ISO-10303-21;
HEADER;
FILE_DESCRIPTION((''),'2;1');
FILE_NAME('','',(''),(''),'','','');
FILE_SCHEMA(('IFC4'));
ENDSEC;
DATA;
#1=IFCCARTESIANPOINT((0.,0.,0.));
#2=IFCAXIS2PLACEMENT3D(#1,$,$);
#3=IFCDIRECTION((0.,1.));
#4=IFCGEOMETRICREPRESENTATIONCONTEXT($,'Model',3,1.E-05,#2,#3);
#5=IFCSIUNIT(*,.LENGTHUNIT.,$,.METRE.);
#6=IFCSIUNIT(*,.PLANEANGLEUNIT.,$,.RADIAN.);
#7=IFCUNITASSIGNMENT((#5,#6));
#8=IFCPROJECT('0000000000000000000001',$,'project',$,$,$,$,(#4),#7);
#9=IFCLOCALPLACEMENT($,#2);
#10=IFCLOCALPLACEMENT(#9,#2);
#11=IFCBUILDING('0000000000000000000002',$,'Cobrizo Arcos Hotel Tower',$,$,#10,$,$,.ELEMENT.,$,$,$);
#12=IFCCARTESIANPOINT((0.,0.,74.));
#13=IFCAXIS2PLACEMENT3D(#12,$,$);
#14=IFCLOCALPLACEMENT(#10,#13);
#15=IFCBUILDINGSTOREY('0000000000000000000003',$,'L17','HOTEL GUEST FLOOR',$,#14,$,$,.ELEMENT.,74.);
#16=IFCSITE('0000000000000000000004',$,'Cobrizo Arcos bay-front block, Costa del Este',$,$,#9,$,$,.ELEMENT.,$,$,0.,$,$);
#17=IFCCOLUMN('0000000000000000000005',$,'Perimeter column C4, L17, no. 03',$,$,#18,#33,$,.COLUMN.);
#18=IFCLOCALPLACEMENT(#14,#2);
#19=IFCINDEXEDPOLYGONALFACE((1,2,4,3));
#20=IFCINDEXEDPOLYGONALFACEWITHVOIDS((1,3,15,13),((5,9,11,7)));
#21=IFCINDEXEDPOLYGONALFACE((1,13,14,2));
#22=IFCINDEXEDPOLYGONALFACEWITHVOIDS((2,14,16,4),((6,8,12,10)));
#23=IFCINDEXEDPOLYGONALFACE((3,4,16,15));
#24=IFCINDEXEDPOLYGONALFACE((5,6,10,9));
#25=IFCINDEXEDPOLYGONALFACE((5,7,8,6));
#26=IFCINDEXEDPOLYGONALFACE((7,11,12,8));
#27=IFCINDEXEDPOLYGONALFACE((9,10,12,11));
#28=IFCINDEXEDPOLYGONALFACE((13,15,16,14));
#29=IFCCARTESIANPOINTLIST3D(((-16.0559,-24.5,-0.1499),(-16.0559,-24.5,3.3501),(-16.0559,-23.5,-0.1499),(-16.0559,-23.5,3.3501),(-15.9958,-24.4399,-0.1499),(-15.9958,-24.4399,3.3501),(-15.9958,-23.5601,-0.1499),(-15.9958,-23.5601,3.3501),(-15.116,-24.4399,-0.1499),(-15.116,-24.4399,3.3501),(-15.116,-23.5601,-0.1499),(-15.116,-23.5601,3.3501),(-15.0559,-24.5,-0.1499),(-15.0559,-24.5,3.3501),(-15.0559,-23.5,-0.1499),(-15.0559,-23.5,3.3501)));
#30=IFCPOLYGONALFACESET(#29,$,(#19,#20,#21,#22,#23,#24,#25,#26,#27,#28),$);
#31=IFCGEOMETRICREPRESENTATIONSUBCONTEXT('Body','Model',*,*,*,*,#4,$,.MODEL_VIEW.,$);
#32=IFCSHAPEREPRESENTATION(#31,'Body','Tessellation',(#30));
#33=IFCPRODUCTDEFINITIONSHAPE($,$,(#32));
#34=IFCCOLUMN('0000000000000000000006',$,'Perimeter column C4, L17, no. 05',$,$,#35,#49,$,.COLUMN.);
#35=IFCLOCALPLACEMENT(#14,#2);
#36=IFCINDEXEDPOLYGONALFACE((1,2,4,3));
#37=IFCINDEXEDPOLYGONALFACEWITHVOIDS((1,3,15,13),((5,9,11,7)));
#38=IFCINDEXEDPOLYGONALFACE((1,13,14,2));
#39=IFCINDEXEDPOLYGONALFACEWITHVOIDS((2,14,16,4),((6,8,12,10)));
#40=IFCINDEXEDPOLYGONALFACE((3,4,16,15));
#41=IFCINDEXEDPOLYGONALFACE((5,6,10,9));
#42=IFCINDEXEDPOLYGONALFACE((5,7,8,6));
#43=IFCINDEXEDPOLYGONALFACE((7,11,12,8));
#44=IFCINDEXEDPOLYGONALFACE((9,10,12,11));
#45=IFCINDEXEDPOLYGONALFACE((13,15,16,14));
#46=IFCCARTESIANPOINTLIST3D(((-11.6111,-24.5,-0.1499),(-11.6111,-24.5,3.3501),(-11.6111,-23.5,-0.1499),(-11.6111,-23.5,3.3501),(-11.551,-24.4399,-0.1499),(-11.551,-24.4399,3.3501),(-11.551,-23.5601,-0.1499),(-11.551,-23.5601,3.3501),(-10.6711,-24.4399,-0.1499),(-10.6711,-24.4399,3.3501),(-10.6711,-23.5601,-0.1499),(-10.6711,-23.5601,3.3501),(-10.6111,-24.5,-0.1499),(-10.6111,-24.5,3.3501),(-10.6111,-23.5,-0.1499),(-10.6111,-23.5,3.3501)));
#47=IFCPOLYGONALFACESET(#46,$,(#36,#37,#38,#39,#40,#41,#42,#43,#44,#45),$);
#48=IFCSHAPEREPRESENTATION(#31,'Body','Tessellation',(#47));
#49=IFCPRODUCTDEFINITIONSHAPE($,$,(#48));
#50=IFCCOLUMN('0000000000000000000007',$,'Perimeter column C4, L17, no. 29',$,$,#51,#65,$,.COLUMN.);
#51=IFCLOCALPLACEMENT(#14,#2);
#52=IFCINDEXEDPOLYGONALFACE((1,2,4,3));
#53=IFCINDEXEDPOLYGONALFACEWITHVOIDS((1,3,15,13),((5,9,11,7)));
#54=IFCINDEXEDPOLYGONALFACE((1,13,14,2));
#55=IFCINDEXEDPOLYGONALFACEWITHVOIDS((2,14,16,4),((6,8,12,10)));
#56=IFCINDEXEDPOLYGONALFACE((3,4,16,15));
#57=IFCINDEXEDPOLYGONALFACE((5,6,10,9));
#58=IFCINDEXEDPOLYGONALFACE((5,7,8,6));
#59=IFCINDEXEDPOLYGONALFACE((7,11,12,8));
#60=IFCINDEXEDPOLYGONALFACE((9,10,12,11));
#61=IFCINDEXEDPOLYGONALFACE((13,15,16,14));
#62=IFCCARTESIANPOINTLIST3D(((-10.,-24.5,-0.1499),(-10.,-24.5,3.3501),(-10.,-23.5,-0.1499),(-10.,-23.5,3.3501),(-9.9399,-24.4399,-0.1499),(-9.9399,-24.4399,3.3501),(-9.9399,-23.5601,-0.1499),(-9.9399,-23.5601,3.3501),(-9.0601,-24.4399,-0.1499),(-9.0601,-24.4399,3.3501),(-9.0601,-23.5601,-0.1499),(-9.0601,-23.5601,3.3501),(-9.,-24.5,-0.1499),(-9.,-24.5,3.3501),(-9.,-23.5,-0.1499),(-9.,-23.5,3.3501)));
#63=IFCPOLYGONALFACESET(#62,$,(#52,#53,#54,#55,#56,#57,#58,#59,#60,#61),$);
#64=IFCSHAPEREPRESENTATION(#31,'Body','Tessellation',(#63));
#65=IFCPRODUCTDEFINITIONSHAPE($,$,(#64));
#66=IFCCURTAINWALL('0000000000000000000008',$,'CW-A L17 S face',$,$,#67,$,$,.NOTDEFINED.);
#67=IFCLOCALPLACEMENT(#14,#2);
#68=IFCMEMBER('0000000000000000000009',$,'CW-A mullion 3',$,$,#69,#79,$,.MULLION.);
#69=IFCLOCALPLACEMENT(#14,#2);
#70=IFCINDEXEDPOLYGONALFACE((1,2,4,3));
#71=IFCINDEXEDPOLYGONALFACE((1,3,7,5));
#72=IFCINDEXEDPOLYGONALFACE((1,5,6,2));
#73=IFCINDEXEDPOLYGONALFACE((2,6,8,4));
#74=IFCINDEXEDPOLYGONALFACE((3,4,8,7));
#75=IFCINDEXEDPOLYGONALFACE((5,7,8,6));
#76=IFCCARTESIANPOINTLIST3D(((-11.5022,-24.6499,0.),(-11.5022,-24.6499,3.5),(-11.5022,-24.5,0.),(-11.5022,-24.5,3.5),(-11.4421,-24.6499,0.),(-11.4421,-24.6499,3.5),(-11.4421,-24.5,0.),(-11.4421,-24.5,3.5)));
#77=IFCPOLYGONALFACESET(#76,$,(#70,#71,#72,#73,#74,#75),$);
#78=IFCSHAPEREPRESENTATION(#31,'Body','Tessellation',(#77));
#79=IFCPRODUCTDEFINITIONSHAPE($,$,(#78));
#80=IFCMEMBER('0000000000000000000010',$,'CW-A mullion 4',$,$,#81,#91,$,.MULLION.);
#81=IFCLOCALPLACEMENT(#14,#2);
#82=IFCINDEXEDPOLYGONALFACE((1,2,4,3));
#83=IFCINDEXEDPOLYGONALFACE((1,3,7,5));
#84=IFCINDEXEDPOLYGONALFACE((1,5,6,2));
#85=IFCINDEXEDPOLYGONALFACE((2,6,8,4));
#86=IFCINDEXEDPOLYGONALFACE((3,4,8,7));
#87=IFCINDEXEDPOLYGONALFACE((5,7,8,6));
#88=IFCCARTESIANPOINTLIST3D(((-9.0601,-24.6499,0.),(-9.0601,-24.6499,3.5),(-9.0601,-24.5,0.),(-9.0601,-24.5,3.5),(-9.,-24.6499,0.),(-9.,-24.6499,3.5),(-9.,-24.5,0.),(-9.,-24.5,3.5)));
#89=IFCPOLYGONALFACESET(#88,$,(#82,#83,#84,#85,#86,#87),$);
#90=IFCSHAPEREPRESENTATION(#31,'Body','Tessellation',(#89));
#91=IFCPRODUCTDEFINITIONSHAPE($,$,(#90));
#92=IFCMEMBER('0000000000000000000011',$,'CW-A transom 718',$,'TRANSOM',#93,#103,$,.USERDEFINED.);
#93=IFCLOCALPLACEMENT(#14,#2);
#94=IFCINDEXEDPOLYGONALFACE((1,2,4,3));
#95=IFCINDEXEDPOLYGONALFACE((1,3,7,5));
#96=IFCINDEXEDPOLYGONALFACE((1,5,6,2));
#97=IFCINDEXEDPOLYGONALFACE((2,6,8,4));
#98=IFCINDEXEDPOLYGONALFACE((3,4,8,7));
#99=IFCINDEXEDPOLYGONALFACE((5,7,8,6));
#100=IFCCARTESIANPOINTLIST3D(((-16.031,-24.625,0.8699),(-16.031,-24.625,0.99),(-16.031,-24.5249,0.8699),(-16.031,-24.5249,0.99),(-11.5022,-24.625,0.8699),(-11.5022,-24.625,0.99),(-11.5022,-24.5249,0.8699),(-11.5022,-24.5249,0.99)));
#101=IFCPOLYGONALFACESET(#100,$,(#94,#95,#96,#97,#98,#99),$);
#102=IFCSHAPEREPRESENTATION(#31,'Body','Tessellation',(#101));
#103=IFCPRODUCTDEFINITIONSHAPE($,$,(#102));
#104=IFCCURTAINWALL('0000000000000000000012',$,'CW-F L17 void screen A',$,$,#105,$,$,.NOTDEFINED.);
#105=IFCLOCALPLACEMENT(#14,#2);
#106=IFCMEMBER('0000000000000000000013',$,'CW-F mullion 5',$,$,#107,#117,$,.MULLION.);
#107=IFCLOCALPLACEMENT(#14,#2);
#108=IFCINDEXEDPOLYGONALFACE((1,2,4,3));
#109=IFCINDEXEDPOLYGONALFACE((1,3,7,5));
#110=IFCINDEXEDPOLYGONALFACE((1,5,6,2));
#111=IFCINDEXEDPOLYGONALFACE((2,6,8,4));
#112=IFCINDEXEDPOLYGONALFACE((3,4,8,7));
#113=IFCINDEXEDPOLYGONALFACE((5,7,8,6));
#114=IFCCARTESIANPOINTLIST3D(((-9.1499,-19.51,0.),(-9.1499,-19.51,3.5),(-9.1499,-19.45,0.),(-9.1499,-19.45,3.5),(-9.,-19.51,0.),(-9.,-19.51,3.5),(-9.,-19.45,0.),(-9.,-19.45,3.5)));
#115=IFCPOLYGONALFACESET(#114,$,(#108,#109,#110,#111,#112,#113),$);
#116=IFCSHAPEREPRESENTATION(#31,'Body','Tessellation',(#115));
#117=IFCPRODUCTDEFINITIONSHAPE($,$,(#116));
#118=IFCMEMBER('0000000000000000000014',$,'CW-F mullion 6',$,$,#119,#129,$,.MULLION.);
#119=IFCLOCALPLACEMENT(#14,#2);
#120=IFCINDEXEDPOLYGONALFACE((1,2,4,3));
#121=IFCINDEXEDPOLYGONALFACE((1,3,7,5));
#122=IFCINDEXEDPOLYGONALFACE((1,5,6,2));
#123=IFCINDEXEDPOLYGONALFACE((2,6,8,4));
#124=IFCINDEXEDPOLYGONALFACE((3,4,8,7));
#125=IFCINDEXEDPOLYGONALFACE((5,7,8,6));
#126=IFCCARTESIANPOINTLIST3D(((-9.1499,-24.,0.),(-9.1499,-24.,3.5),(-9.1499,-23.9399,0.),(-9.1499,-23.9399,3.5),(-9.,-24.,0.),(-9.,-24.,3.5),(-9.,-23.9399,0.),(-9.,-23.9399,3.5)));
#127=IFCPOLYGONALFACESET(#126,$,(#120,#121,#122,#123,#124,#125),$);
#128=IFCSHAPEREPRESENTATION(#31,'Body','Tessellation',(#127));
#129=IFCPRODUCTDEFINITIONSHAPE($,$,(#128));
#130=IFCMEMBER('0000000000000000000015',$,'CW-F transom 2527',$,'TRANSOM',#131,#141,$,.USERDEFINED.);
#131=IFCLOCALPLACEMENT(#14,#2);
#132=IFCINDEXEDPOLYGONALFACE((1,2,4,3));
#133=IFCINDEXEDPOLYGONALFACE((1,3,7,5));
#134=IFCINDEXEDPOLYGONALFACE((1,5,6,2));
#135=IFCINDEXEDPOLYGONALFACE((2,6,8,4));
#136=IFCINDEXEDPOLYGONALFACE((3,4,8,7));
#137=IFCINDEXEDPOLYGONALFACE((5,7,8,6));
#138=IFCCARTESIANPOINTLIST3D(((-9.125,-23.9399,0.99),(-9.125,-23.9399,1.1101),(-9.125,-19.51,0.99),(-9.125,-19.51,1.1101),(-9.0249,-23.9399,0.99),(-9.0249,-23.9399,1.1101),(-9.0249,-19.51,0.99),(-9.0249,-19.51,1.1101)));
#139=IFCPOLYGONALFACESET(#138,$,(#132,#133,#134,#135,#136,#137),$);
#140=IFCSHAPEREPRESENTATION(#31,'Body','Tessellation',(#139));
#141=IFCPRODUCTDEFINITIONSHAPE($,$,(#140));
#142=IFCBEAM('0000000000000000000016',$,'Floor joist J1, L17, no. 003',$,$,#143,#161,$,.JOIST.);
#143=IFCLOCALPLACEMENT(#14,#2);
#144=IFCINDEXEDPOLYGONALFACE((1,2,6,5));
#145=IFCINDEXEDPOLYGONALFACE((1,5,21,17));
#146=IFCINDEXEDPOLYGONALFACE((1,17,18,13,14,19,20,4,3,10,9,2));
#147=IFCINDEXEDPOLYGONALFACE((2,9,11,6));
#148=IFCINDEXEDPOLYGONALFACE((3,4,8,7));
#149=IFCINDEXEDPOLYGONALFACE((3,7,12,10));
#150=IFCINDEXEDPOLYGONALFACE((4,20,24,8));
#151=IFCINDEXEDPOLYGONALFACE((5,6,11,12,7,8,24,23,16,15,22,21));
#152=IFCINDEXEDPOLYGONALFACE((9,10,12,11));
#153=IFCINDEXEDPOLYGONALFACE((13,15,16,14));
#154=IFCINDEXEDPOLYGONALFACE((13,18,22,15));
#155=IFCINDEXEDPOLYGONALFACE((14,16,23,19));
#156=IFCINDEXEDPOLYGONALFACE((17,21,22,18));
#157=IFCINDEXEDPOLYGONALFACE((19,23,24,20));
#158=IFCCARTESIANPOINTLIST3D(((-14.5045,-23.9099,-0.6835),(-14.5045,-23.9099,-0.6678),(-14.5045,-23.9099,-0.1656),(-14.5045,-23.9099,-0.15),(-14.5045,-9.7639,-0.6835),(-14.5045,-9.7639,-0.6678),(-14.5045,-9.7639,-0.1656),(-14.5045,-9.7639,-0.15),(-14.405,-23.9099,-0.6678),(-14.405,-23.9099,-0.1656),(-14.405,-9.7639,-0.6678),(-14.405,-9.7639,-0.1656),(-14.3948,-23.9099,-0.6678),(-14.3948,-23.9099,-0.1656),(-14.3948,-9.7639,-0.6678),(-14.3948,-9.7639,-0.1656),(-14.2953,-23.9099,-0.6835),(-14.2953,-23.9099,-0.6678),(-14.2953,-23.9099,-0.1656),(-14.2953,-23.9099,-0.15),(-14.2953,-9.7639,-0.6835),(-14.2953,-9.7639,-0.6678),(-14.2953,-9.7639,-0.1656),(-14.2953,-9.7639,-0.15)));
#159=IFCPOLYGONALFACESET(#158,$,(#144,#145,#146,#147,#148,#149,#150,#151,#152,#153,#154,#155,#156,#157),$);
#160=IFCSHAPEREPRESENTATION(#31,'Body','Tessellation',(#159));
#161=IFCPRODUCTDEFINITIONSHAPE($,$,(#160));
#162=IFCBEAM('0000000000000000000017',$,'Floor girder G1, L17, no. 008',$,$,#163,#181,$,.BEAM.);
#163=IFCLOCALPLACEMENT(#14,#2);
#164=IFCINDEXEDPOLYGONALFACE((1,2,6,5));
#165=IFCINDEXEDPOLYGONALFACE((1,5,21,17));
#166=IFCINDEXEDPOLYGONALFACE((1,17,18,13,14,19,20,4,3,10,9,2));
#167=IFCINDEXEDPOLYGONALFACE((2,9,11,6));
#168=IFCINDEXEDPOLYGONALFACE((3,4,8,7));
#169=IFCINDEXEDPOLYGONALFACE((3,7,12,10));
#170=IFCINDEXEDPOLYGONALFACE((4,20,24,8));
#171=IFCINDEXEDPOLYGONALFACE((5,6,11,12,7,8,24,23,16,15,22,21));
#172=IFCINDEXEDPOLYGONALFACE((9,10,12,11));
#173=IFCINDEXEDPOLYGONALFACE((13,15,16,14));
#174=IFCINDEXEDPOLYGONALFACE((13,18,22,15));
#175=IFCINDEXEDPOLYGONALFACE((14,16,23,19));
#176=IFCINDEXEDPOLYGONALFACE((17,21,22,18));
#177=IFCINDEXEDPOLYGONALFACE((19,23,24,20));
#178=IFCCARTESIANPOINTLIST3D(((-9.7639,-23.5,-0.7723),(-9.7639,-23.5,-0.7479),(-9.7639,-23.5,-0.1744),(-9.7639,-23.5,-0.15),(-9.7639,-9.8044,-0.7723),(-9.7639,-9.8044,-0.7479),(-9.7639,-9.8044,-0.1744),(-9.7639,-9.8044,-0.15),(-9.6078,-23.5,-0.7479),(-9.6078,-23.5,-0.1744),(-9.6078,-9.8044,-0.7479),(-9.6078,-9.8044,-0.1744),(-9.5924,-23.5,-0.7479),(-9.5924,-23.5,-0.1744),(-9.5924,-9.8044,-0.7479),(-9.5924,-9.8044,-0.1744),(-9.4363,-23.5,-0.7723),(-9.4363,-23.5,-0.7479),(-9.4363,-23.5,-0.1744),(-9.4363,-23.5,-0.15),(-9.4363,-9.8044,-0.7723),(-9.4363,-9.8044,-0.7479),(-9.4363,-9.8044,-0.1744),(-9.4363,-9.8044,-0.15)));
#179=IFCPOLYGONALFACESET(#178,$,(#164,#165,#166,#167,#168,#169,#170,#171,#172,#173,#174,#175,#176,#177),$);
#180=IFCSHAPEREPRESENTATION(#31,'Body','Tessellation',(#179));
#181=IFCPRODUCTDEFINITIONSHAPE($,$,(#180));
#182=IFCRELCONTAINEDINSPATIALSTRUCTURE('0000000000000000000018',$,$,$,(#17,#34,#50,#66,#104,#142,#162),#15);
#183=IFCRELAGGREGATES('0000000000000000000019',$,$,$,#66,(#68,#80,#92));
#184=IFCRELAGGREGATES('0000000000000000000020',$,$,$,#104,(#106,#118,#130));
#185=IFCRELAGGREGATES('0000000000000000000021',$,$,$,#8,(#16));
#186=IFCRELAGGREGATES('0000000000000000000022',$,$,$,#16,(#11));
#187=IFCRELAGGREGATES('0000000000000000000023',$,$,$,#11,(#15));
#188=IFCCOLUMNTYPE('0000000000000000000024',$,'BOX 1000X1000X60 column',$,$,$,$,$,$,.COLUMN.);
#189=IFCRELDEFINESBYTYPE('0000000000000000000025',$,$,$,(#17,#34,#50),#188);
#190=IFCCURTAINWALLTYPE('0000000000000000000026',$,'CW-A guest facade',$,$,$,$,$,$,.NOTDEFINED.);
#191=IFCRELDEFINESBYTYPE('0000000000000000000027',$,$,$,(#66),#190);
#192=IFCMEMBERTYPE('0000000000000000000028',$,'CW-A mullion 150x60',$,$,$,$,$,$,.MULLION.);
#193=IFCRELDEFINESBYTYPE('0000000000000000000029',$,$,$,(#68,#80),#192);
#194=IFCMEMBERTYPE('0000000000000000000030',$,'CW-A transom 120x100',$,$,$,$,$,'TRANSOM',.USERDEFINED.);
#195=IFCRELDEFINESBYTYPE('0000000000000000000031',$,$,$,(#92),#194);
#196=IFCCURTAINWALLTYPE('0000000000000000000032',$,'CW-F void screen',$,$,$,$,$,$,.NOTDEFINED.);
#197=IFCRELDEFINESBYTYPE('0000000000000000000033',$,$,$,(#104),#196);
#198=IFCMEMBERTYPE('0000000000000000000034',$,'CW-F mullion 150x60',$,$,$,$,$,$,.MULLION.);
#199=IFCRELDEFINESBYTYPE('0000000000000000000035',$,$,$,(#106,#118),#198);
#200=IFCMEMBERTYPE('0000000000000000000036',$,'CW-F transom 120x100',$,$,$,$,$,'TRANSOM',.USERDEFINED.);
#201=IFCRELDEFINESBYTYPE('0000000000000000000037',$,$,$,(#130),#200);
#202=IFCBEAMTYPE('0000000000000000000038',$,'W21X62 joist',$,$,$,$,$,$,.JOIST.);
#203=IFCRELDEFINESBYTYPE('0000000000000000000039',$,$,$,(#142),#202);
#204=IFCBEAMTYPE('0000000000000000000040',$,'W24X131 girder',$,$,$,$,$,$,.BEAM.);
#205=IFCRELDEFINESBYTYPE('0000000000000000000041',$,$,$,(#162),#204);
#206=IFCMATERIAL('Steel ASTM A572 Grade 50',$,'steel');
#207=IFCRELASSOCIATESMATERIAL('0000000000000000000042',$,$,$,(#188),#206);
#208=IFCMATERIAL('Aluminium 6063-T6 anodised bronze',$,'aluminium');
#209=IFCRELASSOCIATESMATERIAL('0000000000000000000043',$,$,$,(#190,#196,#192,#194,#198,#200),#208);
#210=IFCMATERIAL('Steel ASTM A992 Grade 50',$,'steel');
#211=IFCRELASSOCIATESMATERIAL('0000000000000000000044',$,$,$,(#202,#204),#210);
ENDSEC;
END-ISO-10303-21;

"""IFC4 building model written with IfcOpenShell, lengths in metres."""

from ifc_helpers import new_model, si_unit, direction, frame, origin, origin_2d, place, context, subcontext, project, spatial, rectangle, hollow_rectangle, i_section, extrude, material, material_profile, profile_set, type_object, element, aggregate, save


model = new_model("IFC4")

# Units and contexts
model_context = context("Model", 3, precision=1e-05, world=origin(), true_north=direction((0.0, 1.0)))
body_context = subcontext(model_context, "Body", "Model", "MODEL_VIEW")
ifc_project = project(units=[si_unit("LENGTHUNIT", "METRE"), si_unit("PLANEANGLEUNIT", "RADIAN")], contexts=[model_context])

# Site, building, storey
site_placement = place(None, origin())
site = spatial("IfcSite", under=ifc_project, at=site_placement, Name="Cobrizo Arcos bay-front block, Costa del Este", CompositionType="ELEMENT", RefElevation=0.0)
building_placement = place(site_placement, origin())
building = spatial("IfcBuilding", under=site, at=building_placement, Name="Cobrizo Arcos Hotel Tower", CompositionType="ELEMENT")
storey_placement = place(building_placement, frame((0.0, 0.0, 74.0)))
storey = spatial("IfcBuildingStorey", under=building, at=storey_placement, Name="L17", Description="HOTEL GUEST FLOOR", CompositionType="ELEMENT", Elevation=74.0)

# Columns
ifc_material_1 = material(Name="Steel ASTM A572 Grade 50", Category="steel")
ifc_material_profile_1 = material_profile(ifc_material_1, hollow_rectangle(XDim=1.0, YDim=1.0, WallThickness=0.0601, at=origin_2d()), Name="BOX 1000X1000X60")
ifc_profile_set_1 = profile_set([ifc_material_profile_1], Name="Steel ASTM A572 Grade 50")
column_type = type_object("IfcColumnType", Name="BOX 1000X1000X60 column", PredefinedType="COLUMN", material=ifc_profile_set_1)
for number, where, z_axis, x_axis, name in (
    (1, (-15.5559, -24.0, -0.1499), (0.0, 0.0, 1.0), (1.0, 0.0, 0.0), "Perimeter column C4, L17, no. 03"),
    (2, (-11.1111, -24.0, -0.1499), (0.0, 0.0, 1.0), (1.0, 0.0, 0.0), "Perimeter column C4, L17, no. 05"),
    (3, (-9.5, -24.0, -0.1499), (0.0, 0.0, 1.0), (1.0, 0.0, 0.0), "Perimeter column C4, L17, no. 29"),
):
    element("IfcColumn", number, at=place(storey_placement, frame(where, z_axis=z_axis, x_axis=x_axis)), inside=storey, type_object=column_type, Name=name, PredefinedType="COLUMN", context=body_context, shape_type="SweptSolid", body=[
        extrude(hollow_rectangle(XDim=1.0, YDim=1.0, WallThickness=0.0601, at=origin_2d()), origin(), (0.0, 0.0, 1.0), 3.5),
    ])

# Curtain walls, members
ifc_material_2 = material(Name="Aluminium 6063-T6 anodised bronze", Category="aluminium")
curtain_wall_type_1 = type_object("IfcCurtainWallType", Name="CW-A guest facade", PredefinedType="NOTDEFINED", material=ifc_material_2)
curtain_wall_1_placement = place(storey_placement, origin())
curtain_wall_1 = element("IfcCurtainWall", 4, at=curtain_wall_1_placement, inside=storey, type_object=curtain_wall_type_1, Name="CW-A L17 S face", PredefinedType="NOTDEFINED")
ifc_material_profile_2 = material_profile(ifc_material_2, rectangle(XDim=0.1499, YDim=0.0601, at=origin_2d()), Name="CW-A mullion 150x60")
ifc_profile_set_2 = profile_set([ifc_material_profile_2], Name="Aluminium 6063-T6 anodised bronze")
member_type_1 = type_object("IfcMemberType", Name="CW-A mullion 150x60", PredefinedType="MULLION", material=ifc_profile_set_2)
member_1_placement = place(storey_placement, frame((-11.4722, -24.575, 0.0), z_axis=(0.0, 0.0, 1.0), x_axis=(0.0, -1.0, 0.0)))
member_1 = element("IfcMember", 5, at=member_1_placement, type_object=member_type_1, Name="CW-A mullion 3", PredefinedType="MULLION", context=body_context, shape_type="SweptSolid", body=[
    extrude(rectangle(XDim=0.1499, YDim=0.0601, at=origin_2d()), origin(), (0.0, 0.0, 1.0), 3.5),
])
member_2_placement = place(storey_placement, frame((-9.03, -24.575, 0.0), z_axis=(0.0, 0.0, 1.0), x_axis=(0.0, -1.0, 0.0)))
member_2 = element("IfcMember", 6, at=member_2_placement, type_object=member_type_1, Name="CW-A mullion 4", PredefinedType="MULLION", context=body_context, shape_type="SweptSolid", body=[
    extrude(rectangle(XDim=0.1499, YDim=0.0601, at=origin_2d()), origin(), (0.0, 0.0, 1.0), 3.5),
])
ifc_material_profile_3 = material_profile(ifc_material_2, rectangle(XDim=0.1001, YDim=0.1201, at=origin_2d()), Name="CW-A transom 120x100")
ifc_profile_set_3 = profile_set([ifc_material_profile_3], Name="Aluminium 6063-T6 anodised bronze")
member_type_2 = type_object("IfcMemberType", Name="CW-A transom 120x100", ElementType="TRANSOM", PredefinedType="USERDEFINED", material=ifc_profile_set_3)
member_3_placement = place(storey_placement, frame((-16.031, -24.575, 0.9299), z_axis=(1.0, 0.0, 0.0), x_axis=(0.0, 1.0, 0.0)))
member_3 = element("IfcMember", 7, at=member_3_placement, type_object=member_type_2, Name="CW-A transom 718", ObjectType="TRANSOM", PredefinedType="USERDEFINED", context=body_context, shape_type="SweptSolid", body=[
    extrude(rectangle(XDim=0.1001, YDim=0.1201, at=origin_2d()), origin(), (0.0, 0.0, 1.0), 4.5288),
])
curtain_wall_type_2 = type_object("IfcCurtainWallType", Name="CW-F void screen", PredefinedType="NOTDEFINED", material=ifc_material_2)
curtain_wall_2_placement = place(storey_placement, origin())
curtain_wall_2 = element("IfcCurtainWall", 8, at=curtain_wall_2_placement, inside=storey, type_object=curtain_wall_type_2, Name="CW-F L17 void screen A", PredefinedType="NOTDEFINED")
ifc_material_profile_4 = material_profile(ifc_material_2, rectangle(XDim=0.1499, YDim=0.0601, at=origin_2d()), Name="CW-F mullion 150x60")
ifc_profile_set_4 = profile_set([ifc_material_profile_4], Name="Aluminium 6063-T6 anodised bronze")
member_type_3 = type_object("IfcMemberType", Name="CW-F mullion 150x60", PredefinedType="MULLION", material=ifc_profile_set_4)
member_4_placement = place(storey_placement, frame((-9.075, -19.48, 0.0), z_axis=(0.0, 0.0, 1.0), x_axis=(-1.0, 0.0, 0.0)))
member_4 = element("IfcMember", 9, at=member_4_placement, type_object=member_type_3, Name="CW-F mullion 5", PredefinedType="MULLION", context=body_context, shape_type="SweptSolid", body=[
    extrude(rectangle(XDim=0.1499, YDim=0.0601, at=origin_2d()), origin(), (0.0, 0.0, 1.0), 3.5),
])
member_5_placement = place(storey_placement, frame((-9.075, -23.97, 0.0), z_axis=(0.0, 0.0, 1.0), x_axis=(-1.0, 0.0, 0.0)))
member_5 = element("IfcMember", 10, at=member_5_placement, type_object=member_type_3, Name="CW-F mullion 6", PredefinedType="MULLION", context=body_context, shape_type="SweptSolid", body=[
    extrude(rectangle(XDim=0.1499, YDim=0.0601, at=origin_2d()), origin(), (0.0, 0.0, 1.0), 3.5),
])
ifc_material_profile_5 = material_profile(ifc_material_2, rectangle(XDim=0.1001, YDim=0.1201, at=origin_2d()), Name="CW-F transom 120x100")
ifc_profile_set_5 = profile_set([ifc_material_profile_5], Name="Aluminium 6063-T6 anodised bronze")
member_type_4 = type_object("IfcMemberType", Name="CW-F transom 120x100", ElementType="TRANSOM", PredefinedType="USERDEFINED", material=ifc_profile_set_5)
member_6_placement = place(storey_placement, frame((-9.075, -19.51, 1.05), z_axis=(0.0, -1.0, 0.0), x_axis=(1.0, 0.0, 0.0)))
member_6 = element("IfcMember", 11, at=member_6_placement, type_object=member_type_4, Name="CW-F transom 2527", ObjectType="TRANSOM", PredefinedType="USERDEFINED", context=body_context, shape_type="SweptSolid", body=[
    extrude(rectangle(XDim=0.1001, YDim=0.1201, at=origin_2d()), origin(), (0.0, 0.0, 1.0), 4.4299),
])

# Beams
ifc_material_3 = material(Name="Steel ASTM A992 Grade 50", Category="steel")
ifc_material_profile_6 = material_profile(ifc_material_3, i_section(OverallWidth=0.2092, OverallDepth=0.5334, WebThickness=0.0103, FlangeThickness=0.0156, at=origin_2d()), Name="W21X62")
ifc_profile_set_6 = profile_set([ifc_material_profile_6], Name="Steel ASTM A992 Grade 50")
beam_type_1 = type_object("IfcBeamType", Name="W21X62 joist", PredefinedType="JOIST", material=ifc_profile_set_6)
beam_1_placement = place(storey_placement, frame((-14.3999, -23.9099, -0.4167), z_axis=(0.0, 1.0, 0.0), x_axis=(-1.0, 0.0, 0.0)))
element("IfcBeam", 12, at=beam_1_placement, inside=storey, type_object=beam_type_1, Name="Floor joist J1, L17, no. 003", PredefinedType="JOIST", context=body_context, shape_type="SweptSolid", body=[
    extrude(i_section(OverallWidth=0.2092, OverallDepth=0.5334, WebThickness=0.0103, FlangeThickness=0.0156, at=origin_2d()), origin(), (0.0, 0.0, 1.0), 14.146),
])
ifc_material_profile_7 = material_profile(ifc_material_3, i_section(OverallWidth=0.3276, OverallDepth=0.6223, WebThickness=0.0154, FlangeThickness=0.0244, at=origin_2d()), Name="W24X131")
ifc_profile_set_7 = profile_set([ifc_material_profile_7], Name="Steel ASTM A992 Grade 50")
beam_type_2 = type_object("IfcBeamType", Name="W24X131 girder", PredefinedType="BEAM", material=ifc_profile_set_7)
beam_2_placement = place(storey_placement, frame((-9.6001, -23.5, -0.4612), z_axis=(0.0, 1.0, 0.0), x_axis=(-1.0, 0.0, 0.0)))
element("IfcBeam", 13, at=beam_2_placement, inside=storey, type_object=beam_type_2, Name="Floor girder G1, L17, no. 008", PredefinedType="BEAM", context=body_context, shape_type="SweptSolid", body=[
    extrude(i_section(OverallWidth=0.3276, OverallDepth=0.6223, WebThickness=0.0154, FlangeThickness=0.0244, at=origin_2d()), origin(), (0.0, 0.0, 1.0), 13.6956),
])

aggregate(curtain_wall_1, [member_1, member_2, member_3])
aggregate(curtain_wall_2, [member_4, member_5, member_6])

save(model, "model.ifc")
